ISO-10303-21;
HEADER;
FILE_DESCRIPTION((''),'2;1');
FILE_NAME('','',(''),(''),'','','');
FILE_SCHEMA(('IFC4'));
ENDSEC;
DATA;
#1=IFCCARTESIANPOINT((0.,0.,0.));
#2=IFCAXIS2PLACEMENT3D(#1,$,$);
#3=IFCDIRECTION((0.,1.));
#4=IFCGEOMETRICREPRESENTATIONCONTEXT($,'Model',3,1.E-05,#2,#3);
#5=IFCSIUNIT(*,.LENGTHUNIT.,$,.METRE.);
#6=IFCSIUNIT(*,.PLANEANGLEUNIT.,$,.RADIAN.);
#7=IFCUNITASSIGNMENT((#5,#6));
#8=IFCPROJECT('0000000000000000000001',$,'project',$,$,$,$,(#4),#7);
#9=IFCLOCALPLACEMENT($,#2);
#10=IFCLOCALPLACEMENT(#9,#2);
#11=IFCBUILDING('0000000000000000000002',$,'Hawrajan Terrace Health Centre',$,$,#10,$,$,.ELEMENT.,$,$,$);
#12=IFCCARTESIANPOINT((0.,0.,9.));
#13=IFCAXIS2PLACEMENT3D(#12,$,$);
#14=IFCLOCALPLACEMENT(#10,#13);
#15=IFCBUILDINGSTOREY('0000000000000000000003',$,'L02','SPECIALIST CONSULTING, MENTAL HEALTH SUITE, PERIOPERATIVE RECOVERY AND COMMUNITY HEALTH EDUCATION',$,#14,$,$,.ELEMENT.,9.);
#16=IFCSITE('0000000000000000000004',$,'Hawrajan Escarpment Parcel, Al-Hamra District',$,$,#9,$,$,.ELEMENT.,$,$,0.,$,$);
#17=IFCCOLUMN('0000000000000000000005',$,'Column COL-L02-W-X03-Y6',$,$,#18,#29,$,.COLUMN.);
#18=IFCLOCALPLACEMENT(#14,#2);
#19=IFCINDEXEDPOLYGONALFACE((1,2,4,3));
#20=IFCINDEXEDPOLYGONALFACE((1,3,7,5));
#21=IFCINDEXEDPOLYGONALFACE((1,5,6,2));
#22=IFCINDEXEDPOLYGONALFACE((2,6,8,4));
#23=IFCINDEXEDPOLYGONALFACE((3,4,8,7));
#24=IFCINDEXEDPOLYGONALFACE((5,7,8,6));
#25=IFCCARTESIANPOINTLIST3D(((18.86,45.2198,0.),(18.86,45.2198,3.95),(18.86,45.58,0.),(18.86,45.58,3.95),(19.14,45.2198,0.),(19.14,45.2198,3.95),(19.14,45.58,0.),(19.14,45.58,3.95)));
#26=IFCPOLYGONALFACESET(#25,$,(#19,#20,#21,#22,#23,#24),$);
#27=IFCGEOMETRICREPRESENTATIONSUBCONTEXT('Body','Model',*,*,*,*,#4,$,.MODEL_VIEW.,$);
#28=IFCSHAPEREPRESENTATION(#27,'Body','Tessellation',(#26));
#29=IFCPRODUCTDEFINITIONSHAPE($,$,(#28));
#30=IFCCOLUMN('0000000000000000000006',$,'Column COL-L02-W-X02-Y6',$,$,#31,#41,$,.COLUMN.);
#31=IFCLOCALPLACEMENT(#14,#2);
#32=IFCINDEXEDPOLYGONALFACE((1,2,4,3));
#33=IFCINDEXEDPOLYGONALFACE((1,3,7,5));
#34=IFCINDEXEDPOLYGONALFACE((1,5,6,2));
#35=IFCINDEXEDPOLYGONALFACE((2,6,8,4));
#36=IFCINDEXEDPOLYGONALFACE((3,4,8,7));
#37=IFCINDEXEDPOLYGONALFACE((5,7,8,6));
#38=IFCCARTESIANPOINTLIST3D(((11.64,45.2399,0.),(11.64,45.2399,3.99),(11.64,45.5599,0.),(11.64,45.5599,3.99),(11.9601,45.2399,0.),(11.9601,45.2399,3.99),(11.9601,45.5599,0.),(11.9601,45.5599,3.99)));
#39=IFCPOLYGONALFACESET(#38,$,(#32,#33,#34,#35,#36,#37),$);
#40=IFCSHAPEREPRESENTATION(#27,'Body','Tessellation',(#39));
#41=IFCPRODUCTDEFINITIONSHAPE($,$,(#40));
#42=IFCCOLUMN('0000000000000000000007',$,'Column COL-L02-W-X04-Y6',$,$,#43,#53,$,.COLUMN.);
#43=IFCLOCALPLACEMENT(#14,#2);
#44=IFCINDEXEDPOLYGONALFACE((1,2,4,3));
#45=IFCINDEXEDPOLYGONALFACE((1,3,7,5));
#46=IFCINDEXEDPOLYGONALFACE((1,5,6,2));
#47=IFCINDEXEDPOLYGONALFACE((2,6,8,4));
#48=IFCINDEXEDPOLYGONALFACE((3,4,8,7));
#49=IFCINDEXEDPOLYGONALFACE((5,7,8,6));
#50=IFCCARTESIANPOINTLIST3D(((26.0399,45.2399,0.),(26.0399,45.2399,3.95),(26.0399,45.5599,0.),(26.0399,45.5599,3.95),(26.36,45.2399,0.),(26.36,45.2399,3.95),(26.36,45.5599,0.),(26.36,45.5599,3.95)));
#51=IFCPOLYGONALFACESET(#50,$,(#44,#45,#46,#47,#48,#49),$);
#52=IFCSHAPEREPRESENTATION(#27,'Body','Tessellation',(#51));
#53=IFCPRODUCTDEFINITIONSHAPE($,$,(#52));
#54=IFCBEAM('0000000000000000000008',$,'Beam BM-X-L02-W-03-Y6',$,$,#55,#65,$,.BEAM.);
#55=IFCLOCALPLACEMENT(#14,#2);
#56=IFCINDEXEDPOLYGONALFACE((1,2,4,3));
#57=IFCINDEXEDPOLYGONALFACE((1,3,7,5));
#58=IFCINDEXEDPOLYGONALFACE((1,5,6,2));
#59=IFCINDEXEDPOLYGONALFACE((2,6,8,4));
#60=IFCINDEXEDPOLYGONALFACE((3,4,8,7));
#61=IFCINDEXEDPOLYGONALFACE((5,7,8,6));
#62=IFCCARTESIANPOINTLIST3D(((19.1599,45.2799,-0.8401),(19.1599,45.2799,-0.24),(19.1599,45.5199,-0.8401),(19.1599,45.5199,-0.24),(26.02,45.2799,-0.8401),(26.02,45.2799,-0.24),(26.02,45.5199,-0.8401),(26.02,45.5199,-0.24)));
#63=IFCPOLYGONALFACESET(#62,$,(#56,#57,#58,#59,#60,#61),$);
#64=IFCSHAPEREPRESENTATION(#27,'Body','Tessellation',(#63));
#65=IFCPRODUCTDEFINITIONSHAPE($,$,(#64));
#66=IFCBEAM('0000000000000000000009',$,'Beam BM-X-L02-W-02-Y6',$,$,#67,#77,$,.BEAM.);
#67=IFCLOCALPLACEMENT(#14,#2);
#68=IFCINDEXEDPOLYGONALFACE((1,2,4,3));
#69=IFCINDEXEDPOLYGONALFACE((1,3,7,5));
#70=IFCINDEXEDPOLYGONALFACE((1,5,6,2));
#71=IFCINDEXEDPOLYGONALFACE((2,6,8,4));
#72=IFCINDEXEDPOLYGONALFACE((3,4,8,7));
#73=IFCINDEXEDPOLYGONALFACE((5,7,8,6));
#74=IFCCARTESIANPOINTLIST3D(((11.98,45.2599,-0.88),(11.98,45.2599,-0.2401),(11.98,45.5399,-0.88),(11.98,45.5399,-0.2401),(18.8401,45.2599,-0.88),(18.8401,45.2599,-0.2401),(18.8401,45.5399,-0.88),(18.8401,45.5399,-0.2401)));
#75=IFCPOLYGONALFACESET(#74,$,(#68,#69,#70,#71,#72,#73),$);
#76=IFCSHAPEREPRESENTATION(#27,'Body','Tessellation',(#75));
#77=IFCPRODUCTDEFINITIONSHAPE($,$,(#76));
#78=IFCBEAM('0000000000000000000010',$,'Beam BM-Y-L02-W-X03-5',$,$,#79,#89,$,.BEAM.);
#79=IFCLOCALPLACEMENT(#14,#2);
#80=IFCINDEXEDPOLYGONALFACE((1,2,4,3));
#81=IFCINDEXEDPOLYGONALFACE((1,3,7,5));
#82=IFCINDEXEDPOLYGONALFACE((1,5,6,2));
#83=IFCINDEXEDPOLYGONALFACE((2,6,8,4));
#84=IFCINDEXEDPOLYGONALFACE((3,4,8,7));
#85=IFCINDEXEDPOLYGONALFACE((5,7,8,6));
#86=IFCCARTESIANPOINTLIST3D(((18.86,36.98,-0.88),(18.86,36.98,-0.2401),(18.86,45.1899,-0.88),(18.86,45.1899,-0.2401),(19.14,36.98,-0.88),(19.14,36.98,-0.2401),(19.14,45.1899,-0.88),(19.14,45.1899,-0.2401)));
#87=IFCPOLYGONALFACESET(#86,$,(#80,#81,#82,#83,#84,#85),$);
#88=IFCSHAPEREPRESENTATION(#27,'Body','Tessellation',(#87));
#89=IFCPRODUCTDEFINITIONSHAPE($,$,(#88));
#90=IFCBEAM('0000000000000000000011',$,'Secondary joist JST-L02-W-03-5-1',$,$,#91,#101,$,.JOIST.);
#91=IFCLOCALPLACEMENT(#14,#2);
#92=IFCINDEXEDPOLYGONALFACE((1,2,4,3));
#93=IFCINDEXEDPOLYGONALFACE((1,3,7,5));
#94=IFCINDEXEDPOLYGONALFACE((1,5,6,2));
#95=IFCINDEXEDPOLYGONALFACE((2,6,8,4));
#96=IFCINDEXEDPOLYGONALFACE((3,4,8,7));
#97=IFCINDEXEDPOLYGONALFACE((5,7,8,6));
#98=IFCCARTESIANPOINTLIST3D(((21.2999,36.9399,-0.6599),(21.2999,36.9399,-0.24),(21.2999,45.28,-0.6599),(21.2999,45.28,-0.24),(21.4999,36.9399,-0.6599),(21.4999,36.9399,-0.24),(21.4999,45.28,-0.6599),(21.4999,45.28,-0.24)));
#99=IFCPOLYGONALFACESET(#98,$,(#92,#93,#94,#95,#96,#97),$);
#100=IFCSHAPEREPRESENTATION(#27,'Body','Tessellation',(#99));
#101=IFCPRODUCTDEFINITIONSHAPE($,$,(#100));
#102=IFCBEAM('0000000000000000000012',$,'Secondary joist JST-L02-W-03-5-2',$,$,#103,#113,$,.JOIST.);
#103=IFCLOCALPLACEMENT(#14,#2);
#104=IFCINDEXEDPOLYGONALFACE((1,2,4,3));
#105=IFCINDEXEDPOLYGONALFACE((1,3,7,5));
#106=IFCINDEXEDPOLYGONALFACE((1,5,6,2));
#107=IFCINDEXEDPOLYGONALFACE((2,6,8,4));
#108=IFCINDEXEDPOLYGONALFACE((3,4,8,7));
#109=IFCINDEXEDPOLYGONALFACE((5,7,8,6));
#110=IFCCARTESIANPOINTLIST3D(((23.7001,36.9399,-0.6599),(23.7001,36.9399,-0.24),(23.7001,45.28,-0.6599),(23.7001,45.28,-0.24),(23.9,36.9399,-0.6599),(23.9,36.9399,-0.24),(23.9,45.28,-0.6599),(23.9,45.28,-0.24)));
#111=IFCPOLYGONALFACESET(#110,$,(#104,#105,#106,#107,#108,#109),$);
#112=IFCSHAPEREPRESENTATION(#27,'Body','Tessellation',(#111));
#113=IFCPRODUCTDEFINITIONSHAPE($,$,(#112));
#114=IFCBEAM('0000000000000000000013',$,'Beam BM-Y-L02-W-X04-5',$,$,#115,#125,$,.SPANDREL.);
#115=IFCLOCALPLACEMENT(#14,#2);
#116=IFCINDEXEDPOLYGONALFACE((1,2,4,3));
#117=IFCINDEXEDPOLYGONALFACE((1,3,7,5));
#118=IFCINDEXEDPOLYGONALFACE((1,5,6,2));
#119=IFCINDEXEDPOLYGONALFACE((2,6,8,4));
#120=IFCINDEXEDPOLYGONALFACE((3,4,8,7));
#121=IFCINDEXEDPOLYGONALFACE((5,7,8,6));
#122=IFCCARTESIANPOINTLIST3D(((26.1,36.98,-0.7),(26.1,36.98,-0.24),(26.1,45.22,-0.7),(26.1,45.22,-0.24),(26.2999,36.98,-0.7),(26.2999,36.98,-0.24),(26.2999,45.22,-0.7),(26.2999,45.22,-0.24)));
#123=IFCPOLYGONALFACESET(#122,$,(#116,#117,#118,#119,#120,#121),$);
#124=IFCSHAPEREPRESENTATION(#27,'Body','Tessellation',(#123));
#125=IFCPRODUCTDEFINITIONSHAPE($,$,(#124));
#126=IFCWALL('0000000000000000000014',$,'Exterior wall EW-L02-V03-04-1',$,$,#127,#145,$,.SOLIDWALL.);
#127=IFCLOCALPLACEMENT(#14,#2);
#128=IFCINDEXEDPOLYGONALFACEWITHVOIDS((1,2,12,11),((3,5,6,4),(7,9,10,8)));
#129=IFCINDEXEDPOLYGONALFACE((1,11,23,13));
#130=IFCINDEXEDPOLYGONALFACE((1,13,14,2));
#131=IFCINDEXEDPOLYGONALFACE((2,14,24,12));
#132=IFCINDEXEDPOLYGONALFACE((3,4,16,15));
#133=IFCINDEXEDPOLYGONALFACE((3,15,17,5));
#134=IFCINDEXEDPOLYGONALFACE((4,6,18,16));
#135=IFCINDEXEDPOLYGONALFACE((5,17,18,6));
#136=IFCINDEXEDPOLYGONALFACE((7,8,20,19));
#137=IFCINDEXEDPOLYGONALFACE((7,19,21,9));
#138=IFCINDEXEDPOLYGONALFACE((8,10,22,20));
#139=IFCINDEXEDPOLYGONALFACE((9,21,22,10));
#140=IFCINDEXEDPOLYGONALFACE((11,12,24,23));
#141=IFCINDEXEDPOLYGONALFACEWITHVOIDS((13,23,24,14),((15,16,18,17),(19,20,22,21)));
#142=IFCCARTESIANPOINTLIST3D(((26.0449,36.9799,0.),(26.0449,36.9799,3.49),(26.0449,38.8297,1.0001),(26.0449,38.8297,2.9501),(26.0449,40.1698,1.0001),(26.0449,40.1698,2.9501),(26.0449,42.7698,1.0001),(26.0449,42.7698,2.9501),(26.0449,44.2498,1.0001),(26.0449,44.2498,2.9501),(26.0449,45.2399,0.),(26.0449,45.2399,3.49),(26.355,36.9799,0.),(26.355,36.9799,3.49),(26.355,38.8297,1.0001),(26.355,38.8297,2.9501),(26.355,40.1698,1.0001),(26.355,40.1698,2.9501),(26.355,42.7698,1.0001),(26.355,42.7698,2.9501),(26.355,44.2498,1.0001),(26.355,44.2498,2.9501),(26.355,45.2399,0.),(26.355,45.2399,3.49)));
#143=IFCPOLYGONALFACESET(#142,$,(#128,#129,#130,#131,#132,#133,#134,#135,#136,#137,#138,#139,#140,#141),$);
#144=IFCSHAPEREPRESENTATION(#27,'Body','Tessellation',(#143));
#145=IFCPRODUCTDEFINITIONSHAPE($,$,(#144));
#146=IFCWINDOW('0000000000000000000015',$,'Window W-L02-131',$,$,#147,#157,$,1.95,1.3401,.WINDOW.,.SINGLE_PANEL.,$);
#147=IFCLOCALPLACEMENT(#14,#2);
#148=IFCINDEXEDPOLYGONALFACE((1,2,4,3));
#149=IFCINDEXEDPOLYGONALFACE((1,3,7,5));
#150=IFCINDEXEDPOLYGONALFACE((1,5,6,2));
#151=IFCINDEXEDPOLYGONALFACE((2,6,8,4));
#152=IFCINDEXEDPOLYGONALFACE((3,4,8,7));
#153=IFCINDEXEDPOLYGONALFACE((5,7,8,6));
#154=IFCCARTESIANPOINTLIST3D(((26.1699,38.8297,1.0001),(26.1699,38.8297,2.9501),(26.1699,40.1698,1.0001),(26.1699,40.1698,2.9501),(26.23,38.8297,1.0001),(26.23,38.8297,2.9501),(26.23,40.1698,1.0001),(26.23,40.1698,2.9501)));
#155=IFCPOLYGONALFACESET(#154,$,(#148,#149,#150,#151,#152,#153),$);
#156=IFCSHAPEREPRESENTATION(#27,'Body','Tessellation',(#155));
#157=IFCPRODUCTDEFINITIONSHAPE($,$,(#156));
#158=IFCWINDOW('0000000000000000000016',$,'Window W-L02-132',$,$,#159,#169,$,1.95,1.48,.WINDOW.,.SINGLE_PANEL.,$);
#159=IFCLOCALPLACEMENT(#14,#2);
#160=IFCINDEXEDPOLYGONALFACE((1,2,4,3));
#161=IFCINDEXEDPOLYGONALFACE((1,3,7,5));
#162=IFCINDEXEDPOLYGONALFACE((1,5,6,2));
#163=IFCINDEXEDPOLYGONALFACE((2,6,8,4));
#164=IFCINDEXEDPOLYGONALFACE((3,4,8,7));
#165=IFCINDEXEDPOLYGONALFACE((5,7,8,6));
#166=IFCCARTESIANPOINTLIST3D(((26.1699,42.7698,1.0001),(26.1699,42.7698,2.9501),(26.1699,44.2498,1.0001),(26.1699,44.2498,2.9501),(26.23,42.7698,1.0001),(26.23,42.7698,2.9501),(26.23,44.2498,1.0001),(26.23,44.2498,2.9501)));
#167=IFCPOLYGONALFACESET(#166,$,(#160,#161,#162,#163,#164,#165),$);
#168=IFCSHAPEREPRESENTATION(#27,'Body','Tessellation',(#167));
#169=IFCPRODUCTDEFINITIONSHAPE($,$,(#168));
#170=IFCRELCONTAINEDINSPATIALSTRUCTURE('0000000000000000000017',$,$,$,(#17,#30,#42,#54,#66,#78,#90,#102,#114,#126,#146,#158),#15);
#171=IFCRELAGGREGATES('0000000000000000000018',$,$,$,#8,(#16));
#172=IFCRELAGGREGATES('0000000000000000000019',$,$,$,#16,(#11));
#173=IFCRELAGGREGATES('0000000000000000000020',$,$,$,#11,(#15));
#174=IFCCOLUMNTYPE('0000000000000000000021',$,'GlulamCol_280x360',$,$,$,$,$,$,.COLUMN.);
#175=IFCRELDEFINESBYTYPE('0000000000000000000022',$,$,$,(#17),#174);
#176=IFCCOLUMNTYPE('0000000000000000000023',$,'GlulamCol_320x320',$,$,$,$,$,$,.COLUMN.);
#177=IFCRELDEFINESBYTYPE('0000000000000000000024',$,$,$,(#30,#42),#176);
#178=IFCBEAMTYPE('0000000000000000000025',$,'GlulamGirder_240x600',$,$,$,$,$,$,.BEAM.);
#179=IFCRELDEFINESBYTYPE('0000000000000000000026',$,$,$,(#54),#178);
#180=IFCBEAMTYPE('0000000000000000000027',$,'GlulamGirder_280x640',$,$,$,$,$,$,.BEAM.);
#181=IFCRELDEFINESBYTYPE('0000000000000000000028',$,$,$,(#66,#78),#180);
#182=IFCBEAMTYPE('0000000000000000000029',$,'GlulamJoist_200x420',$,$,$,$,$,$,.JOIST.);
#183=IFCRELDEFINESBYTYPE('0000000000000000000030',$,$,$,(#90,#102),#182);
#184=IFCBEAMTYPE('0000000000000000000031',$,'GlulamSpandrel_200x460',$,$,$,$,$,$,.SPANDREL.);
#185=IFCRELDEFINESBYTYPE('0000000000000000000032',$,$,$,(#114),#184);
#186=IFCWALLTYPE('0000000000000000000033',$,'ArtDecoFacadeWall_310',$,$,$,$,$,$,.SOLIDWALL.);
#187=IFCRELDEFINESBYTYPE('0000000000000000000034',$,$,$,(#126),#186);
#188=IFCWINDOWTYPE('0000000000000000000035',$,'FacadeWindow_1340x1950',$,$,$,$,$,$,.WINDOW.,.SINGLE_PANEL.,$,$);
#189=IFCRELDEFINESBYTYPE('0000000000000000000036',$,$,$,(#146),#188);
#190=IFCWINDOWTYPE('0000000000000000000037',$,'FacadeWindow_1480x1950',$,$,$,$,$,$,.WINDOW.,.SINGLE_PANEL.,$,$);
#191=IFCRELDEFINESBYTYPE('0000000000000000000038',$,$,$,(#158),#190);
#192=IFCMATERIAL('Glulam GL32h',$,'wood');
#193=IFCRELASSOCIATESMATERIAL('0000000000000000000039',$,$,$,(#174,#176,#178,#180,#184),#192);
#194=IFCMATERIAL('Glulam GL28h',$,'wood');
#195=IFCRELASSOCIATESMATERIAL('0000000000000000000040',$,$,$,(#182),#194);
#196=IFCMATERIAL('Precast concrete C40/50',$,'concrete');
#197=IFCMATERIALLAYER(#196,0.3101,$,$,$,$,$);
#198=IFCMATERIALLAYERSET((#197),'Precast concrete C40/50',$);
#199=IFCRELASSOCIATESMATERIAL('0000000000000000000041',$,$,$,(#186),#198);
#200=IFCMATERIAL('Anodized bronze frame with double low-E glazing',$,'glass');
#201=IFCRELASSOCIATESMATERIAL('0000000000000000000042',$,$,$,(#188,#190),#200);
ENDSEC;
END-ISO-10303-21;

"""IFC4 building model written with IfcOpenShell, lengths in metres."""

from ifc_helpers import new_model, si_unit, direction, frame, frame_2d, origin, origin_2d, place, context, subcontext, project, spatial, rectangle, extrude, material, layer, layer_set, material_profile, profile_set, type_object, element, fill, save


model = new_model("IFC4")

# Units and contexts
model_context = context("Model", 3, precision=1e-05, world=origin(), true_north=direction((0.0, 1.0)))
body_context = subcontext(model_context, "Body", "Model", "MODEL_VIEW")
ifc_project = project(units=[si_unit("LENGTHUNIT", "METRE"), si_unit("PLANEANGLEUNIT", "RADIAN")], contexts=[model_context])

# Site, building, storey
site_placement = place(None, origin())
site = spatial("IfcSite", under=ifc_project, at=site_placement, Name="Hawrajan Escarpment Parcel, Al-Hamra District", CompositionType="ELEMENT", RefElevation=0.0)
building_placement = place(site_placement, origin())
building = spatial("IfcBuilding", under=site, at=building_placement, Name="Hawrajan Terrace Health Centre", CompositionType="ELEMENT")
storey_placement = place(building_placement, frame((0.0, 0.0, 9.0)))
storey = spatial("IfcBuildingStorey", under=building, at=storey_placement, Name="L02", Description="SPECIALIST CONSULTING, MENTAL HEALTH SUITE, PERIOPERATIVE RECOVERY AND COMMUNITY HEALTH EDUCATION", CompositionType="ELEMENT", Elevation=9.0)

# Columns
ifc_material_1 = material(Name="Glulam GL32h", Category="wood")
ifc_material_profile_1 = material_profile(ifc_material_1, rectangle(XDim=0.28, YDim=0.3601, at=origin_2d()), Name="GL 280x360")
ifc_profile_set_1 = profile_set([ifc_material_profile_1], Name="Glulam GL32h")
column_type_1 = type_object("IfcColumnType", Name="GlulamCol_280x360", PredefinedType="COLUMN", material=ifc_profile_set_1)
column_1_placement = place(storey_placement, frame((19.0, 45.3999, 0.0), z_axis=(0.0, 0.0, 1.0), x_axis=(1.0, 0.0, 0.0)))
element("IfcColumn", 1, at=column_1_placement, inside=storey, type_object=column_type_1, Name="Column COL-L02-W-X03-Y6", PredefinedType="COLUMN", context=body_context, shape_type="SweptSolid", body=[
    extrude(rectangle(XDim=0.28, YDim=0.3601, at=origin_2d()), origin(), (0.0, 0.0, 1.0), 3.95),
])
ifc_material_profile_2 = material_profile(ifc_material_1, rectangle(XDim=0.3201, YDim=0.3201, at=origin_2d()), Name="GL 320x320")
ifc_profile_set_2 = profile_set([ifc_material_profile_2], Name="Glulam GL32h")
column_type_2 = type_object("IfcColumnType", Name="GlulamCol_320x320", PredefinedType="COLUMN", material=ifc_profile_set_2)
column_2_placement = place(storey_placement, frame((11.8, 45.3999, 0.0), z_axis=(0.0, 0.0, 1.0), x_axis=(1.0, 0.0, 0.0)))
element("IfcColumn", 2, at=column_2_placement, inside=storey, type_object=column_type_2, Name="Column COL-L02-W-X02-Y6", PredefinedType="COLUMN", context=body_context, shape_type="SweptSolid", body=[
    extrude(rectangle(XDim=0.3201, YDim=0.3201, at=origin_2d()), origin(), (0.0, 0.0, 1.0), 3.99),
])
column_3_placement = place(storey_placement, frame((26.2, 45.3999, 0.0), z_axis=(0.0, 0.0, 1.0), x_axis=(1.0, 0.0, 0.0)))
element("IfcColumn", 3, at=column_3_placement, inside=storey, type_object=column_type_2, Name="Column COL-L02-W-X04-Y6", PredefinedType="COLUMN", context=body_context, shape_type="SweptSolid", body=[
    extrude(rectangle(XDim=0.3201, YDim=0.3201, at=origin_2d()), origin(), (0.0, 0.0, 1.0), 3.95),
])

# Beams
ifc_material_profile_3 = material_profile(ifc_material_1, rectangle(XDim=0.24, YDim=0.6001, at=origin_2d()), Name="GL BM 240x600")
ifc_profile_set_3 = profile_set([ifc_material_profile_3], Name="Glulam GL32h")
beam_type_1 = type_object("IfcBeamType", Name="GlulamGirder_240x600", PredefinedType="BEAM", material=ifc_profile_set_3)
beam_1_placement = place(storey_placement, frame((19.1599, 45.3999, -0.54), z_axis=(1.0, 0.0, 0.0), x_axis=(0.0, 1.0, 0.0)))
element("IfcBeam", 4, at=beam_1_placement, inside=storey, type_object=beam_type_1, Name="Beam BM-X-L02-W-03-Y6", PredefinedType="BEAM", context=body_context, shape_type="SweptSolid", body=[
    extrude(rectangle(XDim=0.24, YDim=0.6001, at=origin_2d()), origin(), (0.0, 0.0, 1.0), 6.8601),
])
ifc_material_profile_4 = material_profile(ifc_material_1, rectangle(XDim=0.28, YDim=0.6399, at=origin_2d()), Name="GL BM 280x640")
ifc_profile_set_4 = profile_set([ifc_material_profile_4], Name="Glulam GL32h")
beam_type_2 = type_object("IfcBeamType", Name="GlulamGirder_280x640", PredefinedType="BEAM", material=ifc_profile_set_4)
beam_2_placement = place(storey_placement, frame((11.98, 45.3999, -0.5601), z_axis=(1.0, 0.0, 0.0), x_axis=(0.0, 1.0, 0.0)))
element("IfcBeam", 5, at=beam_2_placement, inside=storey, type_object=beam_type_2, Name="Beam BM-X-L02-W-02-Y6", PredefinedType="BEAM", context=body_context, shape_type="SweptSolid", body=[
    extrude(rectangle(XDim=0.28, YDim=0.6399, at=origin_2d()), origin(), (0.0, 0.0, 1.0), 6.8601),
])
beam_3_placement = place(storey_placement, frame((19.0, 36.98, -0.5601), z_axis=(0.0, 1.0, 0.0), x_axis=(-1.0, 0.0, 0.0)))
element("IfcBeam", 6, at=beam_3_placement, inside=storey, type_object=beam_type_2, Name="Beam BM-Y-L02-W-X03-5", PredefinedType="BEAM", context=body_context, shape_type="SweptSolid", body=[
    extrude(rectangle(XDim=0.28, YDim=0.6399, at=origin_2d()), origin(), (0.0, 0.0, 1.0), 8.21),
])
ifc_material_2 = material(Name="Glulam GL28h", Category="wood")
ifc_material_profile_5 = material_profile(ifc_material_2, rectangle(XDim=0.2, YDim=0.4199, at=origin_2d()), Name="GL JST 200x420")
ifc_profile_set_5 = profile_set([ifc_material_profile_5], Name="Glulam GL28h")
beam_type_3 = type_object("IfcBeamType", Name="GlulamJoist_200x420", PredefinedType="JOIST", material=ifc_profile_set_5)
for number, where, z_axis, x_axis, name in (
    (7, (21.3999, 36.9399, -0.45), (0.0, 1.0, 0.0), (-1.0, 0.0, 0.0), "Secondary joist JST-L02-W-03-5-1"),
    (8, (23.8, 36.9399, -0.45), (0.0, 1.0, 0.0), (-1.0, 0.0, 0.0), "Secondary joist JST-L02-W-03-5-2"),
):
    element("IfcBeam", number, at=place(storey_placement, frame(where, z_axis=z_axis, x_axis=x_axis)), inside=storey, type_object=beam_type_3, Name=name, PredefinedType="JOIST", context=body_context, shape_type="SweptSolid", body=[
        extrude(rectangle(XDim=0.2, YDim=0.4199, at=origin_2d()), origin(), (0.0, 0.0, 1.0), 8.3401),
    ])
ifc_material_profile_6 = material_profile(ifc_material_1, rectangle(XDim=0.2, YDim=0.46, at=origin_2d()), Name="GL SP 200x460")
ifc_profile_set_6 = profile_set([ifc_material_profile_6], Name="Glulam GL32h")
beam_type_4 = type_object("IfcBeamType", Name="GlulamSpandrel_200x460", PredefinedType="SPANDREL", material=ifc_profile_set_6)
beam_4_placement = place(storey_placement, frame((26.2, 36.98, -0.47), z_axis=(0.0, 1.0, 0.0), x_axis=(-1.0, 0.0, 0.0)))
element("IfcBeam", 9, at=beam_4_placement, inside=storey, type_object=beam_type_4, Name="Beam BM-Y-L02-W-X04-5", PredefinedType="SPANDREL", context=body_context, shape_type="SweptSolid", body=[
    extrude(rectangle(XDim=0.2, YDim=0.46, at=origin_2d()), origin(), (0.0, 0.0, 1.0), 8.24),
])

# Wall, openings, windows
ifc_material_3 = material(Name="Precast concrete C40/50", Category="concrete")
ifc_layer_1 = layer(ifc_material_3, 0.3101)
ifc_layer_set_1 = layer_set([ifc_layer_1], Name="Precast concrete C40/50")
wall_type_1 = type_object("IfcWallType", Name="ArtDecoFacadeWall_310", PredefinedType="SOLIDWALL", material=ifc_layer_set_1)
wall_1_placement = place(storey_placement, frame((26.2, 36.98, 0.0), z_axis=(0.0, 0.0, 1.0), x_axis=(0.0, 1.0, 0.0)))
wall_1 = element("IfcWall", 10, at=wall_1_placement, inside=storey, type_object=wall_type_1, Name="Exterior wall EW-L02-V03-04-1", PredefinedType="SOLIDWALL", context=body_context, shape_type="SweptSolid", body=[
    extrude(rectangle(XDim=8.26, YDim=0.3101, at=frame_2d((4.1299, 0.0))), origin(), (0.0, 0.0, 1.0), 3.49),
])
opening_1_placement = place(wall_1_placement, frame((1.8499, 0.0, 1.0)))
opening_1 = element("IfcOpeningElement", 11, at=opening_1_placement, cuts=wall_1, PredefinedType="OPENING", context=body_context, shape_type="SweptSolid", body=[
    extrude(rectangle(XDim=1.3401, YDim=1.95, at=frame_2d((0.6699, 0.9751))), frame((0.0, 0.165, 0.0), z_axis=(0.0, -1.0, 0.0), x_axis=(1.0, 0.0, 0.0)), (0.0, 0.0, 1.0), 0.3301),
])
opening_2_placement = place(wall_1_placement, frame((5.7898, 0.0, 1.0)))
opening_2 = element("IfcOpeningElement", 12, at=opening_2_placement, cuts=wall_1, PredefinedType="OPENING", context=body_context, shape_type="SweptSolid", body=[
    extrude(rectangle(XDim=1.48, YDim=1.95, at=frame_2d((0.74, 0.9751))), frame((0.0, 0.165, 0.0), z_axis=(0.0, -1.0, 0.0), x_axis=(1.0, 0.0, 0.0)), (0.0, 0.0, 1.0), 0.3301),
])
ifc_material_4 = material(Name="Anodized bronze frame with double low-E glazing", Category="glass")
window_type_1 = type_object("IfcWindowType", Name="FacadeWindow_1340x1950", PartitioningType="SINGLE_PANEL", PredefinedType="WINDOW", material=ifc_material_4)
window_1_placement = place(opening_1_placement, origin())
window_1 = element("IfcWindow", 13, at=window_1_placement, inside=storey, type_object=window_type_1, Name="Window W-L02-131", OverallHeight=1.95, OverallWidth=1.3401, PartitioningType="SINGLE_PANEL", PredefinedType="WINDOW", context=body_context, shape_type="SweptSolid", body=[
    extrude(rectangle(XDim=1.3401, YDim=1.95, at=frame_2d((0.6699, 0.9751))), frame((0.0, 0.03, 0.0), z_axis=(0.0, -1.0, 0.0), x_axis=(1.0, 0.0, 0.0)), (0.0, 0.0, 1.0), 0.0601),
])
fill(opening_1, window_1)
window_type_2 = type_object("IfcWindowType", Name="FacadeWindow_1480x1950", PartitioningType="SINGLE_PANEL", PredefinedType="WINDOW", material=ifc_material_4)
window_2_placement = place(opening_2_placement, origin())
window_2 = element("IfcWindow", 14, at=window_2_placement, inside=storey, type_object=window_type_2, Name="Window W-L02-132", OverallHeight=1.95, OverallWidth=1.48, PartitioningType="SINGLE_PANEL", PredefinedType="WINDOW", context=body_context, shape_type="SweptSolid", body=[
    extrude(rectangle(XDim=1.48, YDim=1.95, at=frame_2d((0.74, 0.9751))), frame((0.0, 0.03, 0.0), z_axis=(0.0, -1.0, 0.0), x_axis=(1.0, 0.0, 0.0)), (0.0, 0.0, 1.0), 0.0601),
])
fill(opening_2, window_2)

save(model, "model.ifc")
